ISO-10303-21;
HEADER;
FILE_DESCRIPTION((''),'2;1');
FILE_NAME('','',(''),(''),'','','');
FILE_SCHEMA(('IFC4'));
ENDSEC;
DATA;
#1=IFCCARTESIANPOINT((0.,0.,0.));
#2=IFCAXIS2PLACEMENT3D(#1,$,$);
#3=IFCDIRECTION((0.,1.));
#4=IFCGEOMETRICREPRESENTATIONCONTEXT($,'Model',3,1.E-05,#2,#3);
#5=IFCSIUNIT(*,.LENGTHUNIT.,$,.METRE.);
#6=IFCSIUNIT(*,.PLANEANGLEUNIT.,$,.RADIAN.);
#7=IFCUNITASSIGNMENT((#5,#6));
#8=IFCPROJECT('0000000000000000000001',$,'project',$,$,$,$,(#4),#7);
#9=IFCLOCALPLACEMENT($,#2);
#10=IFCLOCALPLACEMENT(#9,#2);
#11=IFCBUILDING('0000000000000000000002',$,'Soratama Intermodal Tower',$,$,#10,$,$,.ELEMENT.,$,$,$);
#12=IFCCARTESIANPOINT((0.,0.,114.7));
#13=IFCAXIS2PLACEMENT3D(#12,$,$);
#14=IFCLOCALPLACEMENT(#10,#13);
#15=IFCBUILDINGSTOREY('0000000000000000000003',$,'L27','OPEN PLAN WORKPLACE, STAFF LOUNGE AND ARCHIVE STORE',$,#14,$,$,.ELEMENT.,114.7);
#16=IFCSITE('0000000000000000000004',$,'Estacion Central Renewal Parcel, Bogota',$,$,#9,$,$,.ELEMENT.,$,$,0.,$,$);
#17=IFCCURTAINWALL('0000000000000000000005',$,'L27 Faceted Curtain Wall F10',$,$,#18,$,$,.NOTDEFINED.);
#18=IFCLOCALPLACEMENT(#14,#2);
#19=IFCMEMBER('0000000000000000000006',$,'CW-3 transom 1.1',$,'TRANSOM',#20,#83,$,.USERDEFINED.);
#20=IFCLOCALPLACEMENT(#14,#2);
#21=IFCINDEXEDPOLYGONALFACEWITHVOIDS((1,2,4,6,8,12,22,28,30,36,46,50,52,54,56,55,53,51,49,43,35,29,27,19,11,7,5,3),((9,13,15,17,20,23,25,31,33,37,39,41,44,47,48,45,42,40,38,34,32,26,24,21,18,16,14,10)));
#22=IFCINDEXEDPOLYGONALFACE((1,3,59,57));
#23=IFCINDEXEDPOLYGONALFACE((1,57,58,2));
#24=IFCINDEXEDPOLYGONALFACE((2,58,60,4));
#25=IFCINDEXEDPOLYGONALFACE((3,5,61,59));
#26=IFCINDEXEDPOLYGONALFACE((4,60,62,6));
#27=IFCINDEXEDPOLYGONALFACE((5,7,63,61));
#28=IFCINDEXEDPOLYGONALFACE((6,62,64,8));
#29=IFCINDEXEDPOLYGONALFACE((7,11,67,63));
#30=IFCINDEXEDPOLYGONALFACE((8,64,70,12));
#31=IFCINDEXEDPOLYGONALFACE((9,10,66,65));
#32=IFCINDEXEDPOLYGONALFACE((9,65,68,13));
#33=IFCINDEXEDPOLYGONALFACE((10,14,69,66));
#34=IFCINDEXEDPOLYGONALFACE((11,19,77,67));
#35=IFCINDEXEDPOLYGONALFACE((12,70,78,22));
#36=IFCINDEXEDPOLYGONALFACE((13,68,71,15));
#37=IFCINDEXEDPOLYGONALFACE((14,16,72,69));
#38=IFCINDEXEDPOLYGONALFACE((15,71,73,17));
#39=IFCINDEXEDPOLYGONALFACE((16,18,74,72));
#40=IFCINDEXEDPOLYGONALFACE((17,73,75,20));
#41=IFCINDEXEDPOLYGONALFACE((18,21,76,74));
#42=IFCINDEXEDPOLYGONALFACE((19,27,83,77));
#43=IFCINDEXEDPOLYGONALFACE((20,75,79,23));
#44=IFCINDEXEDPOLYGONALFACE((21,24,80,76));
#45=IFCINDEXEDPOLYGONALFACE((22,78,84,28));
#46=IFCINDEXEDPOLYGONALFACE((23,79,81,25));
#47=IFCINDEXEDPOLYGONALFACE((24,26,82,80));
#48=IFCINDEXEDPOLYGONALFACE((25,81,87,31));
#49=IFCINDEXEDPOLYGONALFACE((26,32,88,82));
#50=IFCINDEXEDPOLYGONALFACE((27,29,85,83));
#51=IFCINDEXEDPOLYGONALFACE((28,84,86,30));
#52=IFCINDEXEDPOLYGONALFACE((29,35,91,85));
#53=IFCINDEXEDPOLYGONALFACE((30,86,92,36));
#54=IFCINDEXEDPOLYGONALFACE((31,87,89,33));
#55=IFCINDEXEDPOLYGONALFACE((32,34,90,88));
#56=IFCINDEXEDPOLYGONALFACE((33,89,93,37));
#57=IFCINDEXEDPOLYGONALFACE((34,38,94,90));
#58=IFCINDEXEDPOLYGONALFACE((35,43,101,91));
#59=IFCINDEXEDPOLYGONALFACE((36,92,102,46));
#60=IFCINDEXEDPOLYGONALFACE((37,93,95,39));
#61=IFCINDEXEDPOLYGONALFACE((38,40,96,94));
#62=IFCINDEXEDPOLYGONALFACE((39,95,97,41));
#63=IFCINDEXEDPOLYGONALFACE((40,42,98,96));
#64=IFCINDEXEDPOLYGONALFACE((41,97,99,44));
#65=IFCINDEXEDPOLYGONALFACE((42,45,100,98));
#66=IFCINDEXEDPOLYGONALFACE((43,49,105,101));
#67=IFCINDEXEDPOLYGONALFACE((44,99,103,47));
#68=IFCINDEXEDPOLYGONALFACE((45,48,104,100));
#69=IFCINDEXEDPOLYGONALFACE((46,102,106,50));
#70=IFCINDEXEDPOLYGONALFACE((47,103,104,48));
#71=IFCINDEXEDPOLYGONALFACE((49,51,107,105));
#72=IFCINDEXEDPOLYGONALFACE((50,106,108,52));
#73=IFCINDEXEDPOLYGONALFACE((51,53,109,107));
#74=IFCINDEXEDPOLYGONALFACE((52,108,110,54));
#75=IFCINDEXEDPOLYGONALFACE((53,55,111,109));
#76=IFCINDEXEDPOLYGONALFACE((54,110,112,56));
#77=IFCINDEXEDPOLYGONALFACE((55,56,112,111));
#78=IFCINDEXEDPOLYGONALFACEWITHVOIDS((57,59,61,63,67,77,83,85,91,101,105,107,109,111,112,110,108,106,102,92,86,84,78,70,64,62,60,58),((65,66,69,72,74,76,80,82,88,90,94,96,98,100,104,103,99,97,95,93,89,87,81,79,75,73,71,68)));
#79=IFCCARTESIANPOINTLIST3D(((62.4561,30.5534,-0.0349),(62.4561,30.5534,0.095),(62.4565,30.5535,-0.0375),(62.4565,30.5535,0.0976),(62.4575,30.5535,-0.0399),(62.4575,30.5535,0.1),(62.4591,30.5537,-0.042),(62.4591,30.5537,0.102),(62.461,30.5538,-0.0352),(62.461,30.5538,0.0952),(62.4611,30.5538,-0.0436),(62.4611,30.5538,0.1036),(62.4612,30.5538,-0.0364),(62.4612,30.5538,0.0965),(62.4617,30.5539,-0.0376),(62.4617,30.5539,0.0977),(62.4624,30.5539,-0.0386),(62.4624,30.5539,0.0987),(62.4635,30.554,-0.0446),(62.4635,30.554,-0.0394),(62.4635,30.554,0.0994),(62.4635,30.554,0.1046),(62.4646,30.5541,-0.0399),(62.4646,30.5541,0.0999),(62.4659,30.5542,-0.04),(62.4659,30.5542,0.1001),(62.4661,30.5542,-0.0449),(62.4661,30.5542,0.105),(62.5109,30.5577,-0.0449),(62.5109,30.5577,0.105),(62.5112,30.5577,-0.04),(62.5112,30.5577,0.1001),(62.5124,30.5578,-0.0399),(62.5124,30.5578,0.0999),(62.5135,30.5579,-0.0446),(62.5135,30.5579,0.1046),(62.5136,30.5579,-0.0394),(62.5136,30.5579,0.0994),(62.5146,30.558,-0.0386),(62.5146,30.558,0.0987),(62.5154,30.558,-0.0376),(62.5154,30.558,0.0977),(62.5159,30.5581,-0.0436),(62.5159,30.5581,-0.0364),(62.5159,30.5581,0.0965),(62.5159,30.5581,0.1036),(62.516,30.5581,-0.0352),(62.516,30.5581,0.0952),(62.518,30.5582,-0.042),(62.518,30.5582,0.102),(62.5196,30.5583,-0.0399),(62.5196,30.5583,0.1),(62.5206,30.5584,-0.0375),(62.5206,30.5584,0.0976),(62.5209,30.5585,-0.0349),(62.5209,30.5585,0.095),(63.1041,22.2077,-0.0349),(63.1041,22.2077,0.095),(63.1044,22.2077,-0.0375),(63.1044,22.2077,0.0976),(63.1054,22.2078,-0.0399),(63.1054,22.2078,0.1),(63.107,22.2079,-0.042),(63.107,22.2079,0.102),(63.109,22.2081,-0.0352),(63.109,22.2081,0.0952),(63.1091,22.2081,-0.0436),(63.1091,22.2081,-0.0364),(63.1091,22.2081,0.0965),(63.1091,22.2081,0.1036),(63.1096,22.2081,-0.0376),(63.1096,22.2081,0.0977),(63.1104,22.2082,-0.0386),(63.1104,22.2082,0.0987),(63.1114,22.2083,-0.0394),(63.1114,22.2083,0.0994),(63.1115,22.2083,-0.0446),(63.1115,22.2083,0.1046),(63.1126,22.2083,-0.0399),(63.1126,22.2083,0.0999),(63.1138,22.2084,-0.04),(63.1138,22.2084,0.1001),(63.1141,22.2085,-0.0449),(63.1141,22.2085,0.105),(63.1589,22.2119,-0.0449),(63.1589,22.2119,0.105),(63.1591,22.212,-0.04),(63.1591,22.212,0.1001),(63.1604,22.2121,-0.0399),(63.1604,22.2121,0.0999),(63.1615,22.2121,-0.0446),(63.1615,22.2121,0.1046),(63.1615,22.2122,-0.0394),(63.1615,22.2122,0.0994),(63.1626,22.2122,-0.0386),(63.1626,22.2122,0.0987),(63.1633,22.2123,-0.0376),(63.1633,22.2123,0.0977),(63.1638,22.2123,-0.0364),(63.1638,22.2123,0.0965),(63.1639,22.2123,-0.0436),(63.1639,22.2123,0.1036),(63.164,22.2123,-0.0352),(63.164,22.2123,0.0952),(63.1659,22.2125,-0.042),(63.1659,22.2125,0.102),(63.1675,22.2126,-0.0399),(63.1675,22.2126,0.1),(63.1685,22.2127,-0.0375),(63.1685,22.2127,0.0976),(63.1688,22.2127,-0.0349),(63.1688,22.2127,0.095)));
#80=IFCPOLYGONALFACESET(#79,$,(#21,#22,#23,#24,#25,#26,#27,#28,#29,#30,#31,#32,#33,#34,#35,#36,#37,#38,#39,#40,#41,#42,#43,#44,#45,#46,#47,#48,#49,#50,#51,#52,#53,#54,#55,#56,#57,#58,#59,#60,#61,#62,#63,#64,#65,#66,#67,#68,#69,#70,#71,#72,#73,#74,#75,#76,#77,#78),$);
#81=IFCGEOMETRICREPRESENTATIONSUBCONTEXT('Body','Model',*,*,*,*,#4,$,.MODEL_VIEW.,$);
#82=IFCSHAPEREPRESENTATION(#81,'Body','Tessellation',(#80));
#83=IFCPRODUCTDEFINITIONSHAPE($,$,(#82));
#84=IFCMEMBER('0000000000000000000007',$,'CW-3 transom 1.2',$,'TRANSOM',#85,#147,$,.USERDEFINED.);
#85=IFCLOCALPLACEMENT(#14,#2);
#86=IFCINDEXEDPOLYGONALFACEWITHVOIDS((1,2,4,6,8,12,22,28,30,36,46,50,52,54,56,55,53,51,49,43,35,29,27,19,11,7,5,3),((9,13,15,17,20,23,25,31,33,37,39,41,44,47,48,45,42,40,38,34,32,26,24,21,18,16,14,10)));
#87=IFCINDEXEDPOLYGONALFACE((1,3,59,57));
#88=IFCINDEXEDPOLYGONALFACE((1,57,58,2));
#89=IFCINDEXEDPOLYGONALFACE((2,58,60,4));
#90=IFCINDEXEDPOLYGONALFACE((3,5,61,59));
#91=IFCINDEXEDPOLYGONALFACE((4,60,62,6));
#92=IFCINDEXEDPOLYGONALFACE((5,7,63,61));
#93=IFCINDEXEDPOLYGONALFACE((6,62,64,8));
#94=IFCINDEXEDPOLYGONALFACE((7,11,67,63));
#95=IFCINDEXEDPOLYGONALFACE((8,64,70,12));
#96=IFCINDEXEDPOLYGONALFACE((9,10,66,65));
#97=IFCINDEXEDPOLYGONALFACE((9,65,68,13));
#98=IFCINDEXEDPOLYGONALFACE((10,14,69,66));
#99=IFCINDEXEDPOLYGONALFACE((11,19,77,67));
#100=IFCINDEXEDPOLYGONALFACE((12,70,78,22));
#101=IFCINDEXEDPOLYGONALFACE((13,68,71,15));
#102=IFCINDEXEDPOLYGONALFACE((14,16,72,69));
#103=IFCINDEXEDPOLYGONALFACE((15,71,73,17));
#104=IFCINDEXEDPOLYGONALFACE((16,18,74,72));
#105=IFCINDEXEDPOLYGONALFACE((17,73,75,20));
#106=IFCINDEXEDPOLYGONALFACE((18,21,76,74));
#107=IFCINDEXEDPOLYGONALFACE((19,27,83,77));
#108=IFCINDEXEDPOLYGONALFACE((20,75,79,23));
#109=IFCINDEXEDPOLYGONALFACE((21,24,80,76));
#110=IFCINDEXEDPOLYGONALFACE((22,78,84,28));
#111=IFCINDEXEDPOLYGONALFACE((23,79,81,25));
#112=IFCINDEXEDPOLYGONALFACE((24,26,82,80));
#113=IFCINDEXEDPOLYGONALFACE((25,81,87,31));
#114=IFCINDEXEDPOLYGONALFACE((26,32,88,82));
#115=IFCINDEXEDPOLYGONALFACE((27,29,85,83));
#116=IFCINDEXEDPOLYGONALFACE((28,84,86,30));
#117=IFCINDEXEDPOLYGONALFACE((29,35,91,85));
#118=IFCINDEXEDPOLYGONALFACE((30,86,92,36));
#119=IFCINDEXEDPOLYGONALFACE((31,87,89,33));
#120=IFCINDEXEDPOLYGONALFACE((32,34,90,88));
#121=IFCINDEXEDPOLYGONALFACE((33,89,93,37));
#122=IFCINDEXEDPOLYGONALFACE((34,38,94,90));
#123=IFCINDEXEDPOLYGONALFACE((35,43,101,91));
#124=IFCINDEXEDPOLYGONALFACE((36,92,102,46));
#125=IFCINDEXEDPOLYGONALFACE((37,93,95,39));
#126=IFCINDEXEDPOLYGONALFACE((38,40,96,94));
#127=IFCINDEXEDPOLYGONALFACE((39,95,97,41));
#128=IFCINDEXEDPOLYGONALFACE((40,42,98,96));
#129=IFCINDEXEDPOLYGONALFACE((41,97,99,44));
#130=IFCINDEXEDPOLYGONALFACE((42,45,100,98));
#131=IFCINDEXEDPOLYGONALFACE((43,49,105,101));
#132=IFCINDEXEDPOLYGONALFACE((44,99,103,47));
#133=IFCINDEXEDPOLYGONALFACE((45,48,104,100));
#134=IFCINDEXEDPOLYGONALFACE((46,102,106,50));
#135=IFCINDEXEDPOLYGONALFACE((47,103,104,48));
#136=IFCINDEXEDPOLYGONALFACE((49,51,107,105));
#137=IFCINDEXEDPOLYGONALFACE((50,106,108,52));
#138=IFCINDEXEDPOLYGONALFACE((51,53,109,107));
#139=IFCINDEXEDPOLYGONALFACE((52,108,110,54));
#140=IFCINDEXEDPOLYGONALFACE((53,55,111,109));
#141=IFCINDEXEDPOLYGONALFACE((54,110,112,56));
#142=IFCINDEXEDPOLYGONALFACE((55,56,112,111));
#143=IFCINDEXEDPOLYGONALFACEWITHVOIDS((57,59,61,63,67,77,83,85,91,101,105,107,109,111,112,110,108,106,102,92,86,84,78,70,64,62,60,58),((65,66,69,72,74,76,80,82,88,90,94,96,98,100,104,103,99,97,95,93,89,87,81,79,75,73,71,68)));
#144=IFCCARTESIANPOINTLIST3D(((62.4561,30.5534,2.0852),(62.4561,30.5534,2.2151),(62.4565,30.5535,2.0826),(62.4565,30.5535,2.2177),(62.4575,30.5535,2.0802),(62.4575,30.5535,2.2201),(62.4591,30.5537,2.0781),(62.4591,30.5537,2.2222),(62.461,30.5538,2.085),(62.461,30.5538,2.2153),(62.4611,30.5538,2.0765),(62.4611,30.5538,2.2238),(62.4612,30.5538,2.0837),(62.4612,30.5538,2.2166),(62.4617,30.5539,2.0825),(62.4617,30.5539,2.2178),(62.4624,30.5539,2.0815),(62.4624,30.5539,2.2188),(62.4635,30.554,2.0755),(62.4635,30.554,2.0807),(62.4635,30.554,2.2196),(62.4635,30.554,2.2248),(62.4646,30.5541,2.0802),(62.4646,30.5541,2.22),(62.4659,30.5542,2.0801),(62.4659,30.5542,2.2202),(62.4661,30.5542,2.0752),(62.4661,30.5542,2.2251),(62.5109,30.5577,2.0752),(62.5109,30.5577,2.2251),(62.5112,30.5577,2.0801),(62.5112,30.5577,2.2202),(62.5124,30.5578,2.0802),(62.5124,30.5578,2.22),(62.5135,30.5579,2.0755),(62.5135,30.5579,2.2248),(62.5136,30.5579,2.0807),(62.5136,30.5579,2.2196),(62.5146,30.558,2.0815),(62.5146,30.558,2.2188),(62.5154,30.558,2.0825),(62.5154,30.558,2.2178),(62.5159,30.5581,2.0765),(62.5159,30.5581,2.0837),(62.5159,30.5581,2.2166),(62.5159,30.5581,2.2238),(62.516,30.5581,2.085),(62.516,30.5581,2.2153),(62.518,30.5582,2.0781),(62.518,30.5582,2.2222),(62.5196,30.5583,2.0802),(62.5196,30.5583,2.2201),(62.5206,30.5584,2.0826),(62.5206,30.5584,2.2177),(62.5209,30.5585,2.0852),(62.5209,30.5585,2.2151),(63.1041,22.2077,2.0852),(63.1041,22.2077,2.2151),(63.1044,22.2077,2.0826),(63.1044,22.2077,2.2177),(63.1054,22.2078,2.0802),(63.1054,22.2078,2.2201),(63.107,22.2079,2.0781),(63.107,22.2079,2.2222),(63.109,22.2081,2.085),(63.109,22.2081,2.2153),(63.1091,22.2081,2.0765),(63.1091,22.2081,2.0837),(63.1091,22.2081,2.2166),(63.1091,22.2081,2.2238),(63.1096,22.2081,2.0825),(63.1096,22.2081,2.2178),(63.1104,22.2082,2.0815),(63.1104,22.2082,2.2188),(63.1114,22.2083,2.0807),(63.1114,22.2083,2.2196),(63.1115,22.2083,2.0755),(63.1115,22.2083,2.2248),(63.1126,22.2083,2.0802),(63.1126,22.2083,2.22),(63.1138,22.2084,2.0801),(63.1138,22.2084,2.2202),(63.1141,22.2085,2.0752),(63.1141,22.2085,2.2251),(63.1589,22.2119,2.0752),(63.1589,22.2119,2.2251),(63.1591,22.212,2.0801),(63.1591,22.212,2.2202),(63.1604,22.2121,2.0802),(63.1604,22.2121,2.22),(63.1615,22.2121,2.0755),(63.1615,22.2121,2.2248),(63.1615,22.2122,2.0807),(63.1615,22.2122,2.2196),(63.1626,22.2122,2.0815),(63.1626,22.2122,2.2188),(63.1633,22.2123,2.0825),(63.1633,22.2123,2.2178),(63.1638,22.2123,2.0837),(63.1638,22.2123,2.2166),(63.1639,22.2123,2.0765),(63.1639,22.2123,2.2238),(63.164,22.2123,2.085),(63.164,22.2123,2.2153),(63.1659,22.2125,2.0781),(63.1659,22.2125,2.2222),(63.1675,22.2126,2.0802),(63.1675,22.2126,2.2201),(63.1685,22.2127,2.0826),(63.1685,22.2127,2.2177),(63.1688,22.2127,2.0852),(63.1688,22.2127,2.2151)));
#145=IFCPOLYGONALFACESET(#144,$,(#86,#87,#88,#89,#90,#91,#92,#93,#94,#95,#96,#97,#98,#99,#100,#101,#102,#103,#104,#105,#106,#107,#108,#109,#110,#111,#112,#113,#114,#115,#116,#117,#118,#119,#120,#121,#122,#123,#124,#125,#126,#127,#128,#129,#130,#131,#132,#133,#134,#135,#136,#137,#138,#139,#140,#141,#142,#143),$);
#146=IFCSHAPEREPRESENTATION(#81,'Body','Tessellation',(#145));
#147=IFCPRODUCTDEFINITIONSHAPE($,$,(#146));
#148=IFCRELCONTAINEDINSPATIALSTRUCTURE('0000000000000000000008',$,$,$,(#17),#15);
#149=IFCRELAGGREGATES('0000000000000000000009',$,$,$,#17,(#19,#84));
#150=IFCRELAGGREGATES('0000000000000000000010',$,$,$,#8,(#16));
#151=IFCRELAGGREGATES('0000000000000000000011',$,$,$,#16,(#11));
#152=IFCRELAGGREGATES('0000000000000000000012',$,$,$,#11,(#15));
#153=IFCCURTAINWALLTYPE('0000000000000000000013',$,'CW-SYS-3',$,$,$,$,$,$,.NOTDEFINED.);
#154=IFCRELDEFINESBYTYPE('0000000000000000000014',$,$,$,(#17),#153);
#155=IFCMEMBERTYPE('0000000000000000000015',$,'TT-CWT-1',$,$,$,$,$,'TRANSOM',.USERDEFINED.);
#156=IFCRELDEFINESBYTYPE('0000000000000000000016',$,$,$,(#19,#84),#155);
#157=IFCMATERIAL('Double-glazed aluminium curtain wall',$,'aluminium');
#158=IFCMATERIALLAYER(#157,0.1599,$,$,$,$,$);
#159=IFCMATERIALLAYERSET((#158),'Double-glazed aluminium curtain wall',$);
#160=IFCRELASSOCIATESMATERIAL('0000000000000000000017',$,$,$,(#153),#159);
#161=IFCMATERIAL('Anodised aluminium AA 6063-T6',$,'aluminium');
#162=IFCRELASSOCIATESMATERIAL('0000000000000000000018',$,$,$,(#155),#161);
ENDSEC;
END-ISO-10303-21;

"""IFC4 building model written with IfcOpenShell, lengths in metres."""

from ifc_helpers import new_model, si_unit, direction, frame, origin, origin_2d, place, context, subcontext, project, spatial, hollow_rectangle, extrude, material, layer, layer_set, material_profile, profile_set, type_object, element, aggregate, save


model = new_model("IFC4")

# Units and contexts
model_context = context("Model", 3, precision=1e-05, world=origin(), true_north=direction((0.0, 1.0)))
body_context = subcontext(model_context, "Body", "Model", "MODEL_VIEW")
ifc_project = project(units=[si_unit("LENGTHUNIT", "METRE"), si_unit("PLANEANGLEUNIT", "RADIAN")], contexts=[model_context])

# Site, building, storey
site_placement = place(None, origin())
site = spatial("IfcSite", under=ifc_project, at=site_placement, Name="Estacion Central Renewal Parcel, Bogota", CompositionType="ELEMENT", RefElevation=0.0)
building_placement = place(site_placement, origin())
building = spatial("IfcBuilding", under=site, at=building_placement, Name="Soratama Intermodal Tower", CompositionType="ELEMENT")
storey_placement = place(building_placement, frame((0.0, 0.0, 114.7)))
storey = spatial("IfcBuildingStorey", under=building, at=storey_placement, Name="L27", Description="OPEN PLAN WORKPLACE, STAFF LOUNGE AND ARCHIVE STORE", CompositionType="ELEMENT", Elevation=114.7)

# Shared definitions
ifc_material_1 = material(Name="Double-glazed aluminium curtain wall", Category="aluminium")
ifc_layer_1 = layer(ifc_material_1, 0.1599)
ifc_layer_set_1 = layer_set([ifc_layer_1], Name="Double-glazed aluminium curtain wall")
curtain_wall_type = type_object("IfcCurtainWallType", Name="CW-SYS-3", PredefinedType="NOTDEFINED", material=ifc_layer_set_1)

# Curtain wall, members
curtain_wall_1_placement = place(storey_placement, origin())
curtain_wall_1 = element("IfcCurtainWall", 1, at=curtain_wall_1_placement, inside=storey, type_object=curtain_wall_type, Name="L27 Faceted Curtain Wall F10", PredefinedType="NOTDEFINED")
ifc_material_2 = material(Name="Anodised aluminium AA 6063-T6", Category="aluminium")
ifc_material_profile_1 = material_profile(ifc_material_2, hollow_rectangle(XDim=0.0649, YDim=0.1499, WallThickness=0.0049, InnerFilletRadius=0.0049, OuterFilletRadius=0.01, at=origin_2d()), Name="CWT150X65X5")
ifc_profile_set_1 = profile_set([ifc_material_profile_1], Name="Anodised aluminium AA 6063-T6")
member_type_1 = type_object("IfcMemberType", Name="TT-CWT-1", ElementType="TRANSOM", PredefinedType="USERDEFINED", material=ifc_profile_set_1)
member_1_placement = place(storey_placement, frame((63.1365, 22.2102, 0.03), z_axis=(-0.077406, 0.997, 0.0), x_axis=(-0.997, -0.077406, 0.0)))
member_1 = element("IfcMember", 2, at=member_1_placement, type_object=member_type_1, Name="CW-3 transom 1.1", ObjectType="TRANSOM", PredefinedType="USERDEFINED", context=body_context, shape_type="SweptSolid", body=[
    extrude(hollow_rectangle(XDim=0.0649, YDim=0.1499, WallThickness=0.0049, InnerFilletRadius=0.0049, OuterFilletRadius=0.01, at=origin_2d()), origin(), (0.0, 0.0, 1.0), 8.3708),
])
member_2_placement = place(storey_placement, frame((63.1365, 22.2102, 2.1501), z_axis=(-0.077406, 0.997, 0.0), x_axis=(-0.997, -0.077406, 0.0)))
member_2 = element("IfcMember", 3, at=member_2_placement, type_object=member_type_1, Name="CW-3 transom 1.2", ObjectType="TRANSOM", PredefinedType="USERDEFINED", context=body_context, shape_type="SweptSolid", body=[
    extrude(hollow_rectangle(XDim=0.0649, YDim=0.1499, WallThickness=0.0049, InnerFilletRadius=0.0049, OuterFilletRadius=0.01, at=origin_2d()), origin(), (0.0, 0.0, 1.0), 8.3708),
])
aggregate(curtain_wall_1, [member_1, member_2])

save(model, "model.ifc")
